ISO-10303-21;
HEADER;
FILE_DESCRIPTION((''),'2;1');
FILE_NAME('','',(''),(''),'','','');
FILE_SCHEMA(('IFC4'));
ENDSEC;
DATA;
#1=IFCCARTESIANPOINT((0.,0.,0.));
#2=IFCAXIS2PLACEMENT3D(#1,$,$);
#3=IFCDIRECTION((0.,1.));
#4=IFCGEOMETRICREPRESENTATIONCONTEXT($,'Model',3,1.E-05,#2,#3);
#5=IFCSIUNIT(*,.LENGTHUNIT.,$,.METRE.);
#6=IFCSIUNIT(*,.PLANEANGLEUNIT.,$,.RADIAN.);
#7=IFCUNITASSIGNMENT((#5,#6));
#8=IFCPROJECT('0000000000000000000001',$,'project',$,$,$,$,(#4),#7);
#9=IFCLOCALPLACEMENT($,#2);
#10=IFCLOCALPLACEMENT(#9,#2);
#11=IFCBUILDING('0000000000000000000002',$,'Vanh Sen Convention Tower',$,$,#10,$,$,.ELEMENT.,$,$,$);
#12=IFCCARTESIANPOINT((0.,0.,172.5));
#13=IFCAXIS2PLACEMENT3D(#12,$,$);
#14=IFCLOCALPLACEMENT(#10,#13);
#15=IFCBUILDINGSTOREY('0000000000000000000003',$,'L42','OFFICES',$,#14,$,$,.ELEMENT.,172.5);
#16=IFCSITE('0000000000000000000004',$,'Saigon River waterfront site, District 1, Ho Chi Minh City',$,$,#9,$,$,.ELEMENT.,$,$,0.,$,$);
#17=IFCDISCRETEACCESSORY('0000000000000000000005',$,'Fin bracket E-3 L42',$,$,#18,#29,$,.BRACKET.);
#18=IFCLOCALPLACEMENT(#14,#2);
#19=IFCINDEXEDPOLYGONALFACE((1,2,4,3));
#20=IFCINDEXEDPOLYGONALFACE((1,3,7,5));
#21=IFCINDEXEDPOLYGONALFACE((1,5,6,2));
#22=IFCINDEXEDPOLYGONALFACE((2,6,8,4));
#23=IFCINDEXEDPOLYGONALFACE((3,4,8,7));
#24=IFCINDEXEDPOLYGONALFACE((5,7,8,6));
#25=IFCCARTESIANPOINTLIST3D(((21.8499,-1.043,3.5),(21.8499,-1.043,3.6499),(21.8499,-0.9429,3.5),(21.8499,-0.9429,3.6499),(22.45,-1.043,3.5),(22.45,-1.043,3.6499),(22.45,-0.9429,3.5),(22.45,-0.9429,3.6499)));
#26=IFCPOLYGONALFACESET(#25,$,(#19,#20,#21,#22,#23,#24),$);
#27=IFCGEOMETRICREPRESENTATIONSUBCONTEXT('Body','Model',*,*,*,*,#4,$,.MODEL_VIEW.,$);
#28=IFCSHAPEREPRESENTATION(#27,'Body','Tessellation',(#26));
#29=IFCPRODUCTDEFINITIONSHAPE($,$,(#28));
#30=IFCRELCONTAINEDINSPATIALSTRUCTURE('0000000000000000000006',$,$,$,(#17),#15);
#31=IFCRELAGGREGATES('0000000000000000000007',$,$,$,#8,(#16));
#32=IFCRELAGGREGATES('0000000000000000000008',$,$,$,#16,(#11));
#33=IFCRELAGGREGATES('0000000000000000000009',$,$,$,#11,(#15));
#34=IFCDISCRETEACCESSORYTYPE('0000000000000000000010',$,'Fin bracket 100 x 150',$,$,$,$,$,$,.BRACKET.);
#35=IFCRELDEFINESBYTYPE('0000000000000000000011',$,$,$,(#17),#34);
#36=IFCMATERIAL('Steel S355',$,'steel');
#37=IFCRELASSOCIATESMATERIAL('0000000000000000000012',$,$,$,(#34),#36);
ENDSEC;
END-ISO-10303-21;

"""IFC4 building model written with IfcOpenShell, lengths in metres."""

from ifc_helpers import new_model, si_unit, direction, frame, origin, origin_2d, place, context, subcontext, project, spatial, rectangle, extrude, material, type_object, element, save


model = new_model("IFC4")

# Units and contexts
model_context = context("Model", 3, precision=1e-05, world=origin(), true_north=direction((0.0, 1.0)))
body_context = subcontext(model_context, "Body", "Model", "MODEL_VIEW")
ifc_project = project(units=[si_unit("LENGTHUNIT", "METRE"), si_unit("PLANEANGLEUNIT", "RADIAN")], contexts=[model_context])

# Site, building, storey
site_placement = place(None, origin())
site = spatial("IfcSite", under=ifc_project, at=site_placement, Name="Saigon River waterfront site, District 1, Ho Chi Minh City", CompositionType="ELEMENT", RefElevation=0.0)
building_placement = place(site_placement, origin())
building = spatial("IfcBuilding", under=site, at=building_placement, Name="Vanh Sen Convention Tower", CompositionType="ELEMENT")
storey_placement = place(building_placement, frame((0.0, 0.0, 172.5)))
storey = spatial("IfcBuildingStorey", under=building, at=storey_placement, Name="L42", Description="OFFICES", CompositionType="ELEMENT", Elevation=172.5)

# Discrete accessory
ifc_material_1 = material(Name="Steel S355", Category="steel")
discrete_accessory_type = type_object("IfcDiscreteAccessoryType", Name="Fin bracket 100 x 150", PredefinedType="BRACKET", material=ifc_material_1)
for number, where, z_axis, x_axis, name in (
    (1, (22.1499, -0.9929, 3.5), (0.0, 0.0, 1.0), (1.0, 0.0, 0.0), "Fin bracket E-3 L42"),
):
    element("IfcDiscreteAccessory", number, at=place(storey_placement, frame(where, z_axis=z_axis, x_axis=x_axis)), inside=storey, type_object=discrete_accessory_type, Name=name, PredefinedType="BRACKET", context=body_context, shape_type="SweptSolid", body=[
        extrude(rectangle(XDim=0.6001, YDim=0.1001, at=origin_2d()), origin(), (0.0, 0.0, 1.0), 0.1499),
    ])

save(model, "model.ifc")
